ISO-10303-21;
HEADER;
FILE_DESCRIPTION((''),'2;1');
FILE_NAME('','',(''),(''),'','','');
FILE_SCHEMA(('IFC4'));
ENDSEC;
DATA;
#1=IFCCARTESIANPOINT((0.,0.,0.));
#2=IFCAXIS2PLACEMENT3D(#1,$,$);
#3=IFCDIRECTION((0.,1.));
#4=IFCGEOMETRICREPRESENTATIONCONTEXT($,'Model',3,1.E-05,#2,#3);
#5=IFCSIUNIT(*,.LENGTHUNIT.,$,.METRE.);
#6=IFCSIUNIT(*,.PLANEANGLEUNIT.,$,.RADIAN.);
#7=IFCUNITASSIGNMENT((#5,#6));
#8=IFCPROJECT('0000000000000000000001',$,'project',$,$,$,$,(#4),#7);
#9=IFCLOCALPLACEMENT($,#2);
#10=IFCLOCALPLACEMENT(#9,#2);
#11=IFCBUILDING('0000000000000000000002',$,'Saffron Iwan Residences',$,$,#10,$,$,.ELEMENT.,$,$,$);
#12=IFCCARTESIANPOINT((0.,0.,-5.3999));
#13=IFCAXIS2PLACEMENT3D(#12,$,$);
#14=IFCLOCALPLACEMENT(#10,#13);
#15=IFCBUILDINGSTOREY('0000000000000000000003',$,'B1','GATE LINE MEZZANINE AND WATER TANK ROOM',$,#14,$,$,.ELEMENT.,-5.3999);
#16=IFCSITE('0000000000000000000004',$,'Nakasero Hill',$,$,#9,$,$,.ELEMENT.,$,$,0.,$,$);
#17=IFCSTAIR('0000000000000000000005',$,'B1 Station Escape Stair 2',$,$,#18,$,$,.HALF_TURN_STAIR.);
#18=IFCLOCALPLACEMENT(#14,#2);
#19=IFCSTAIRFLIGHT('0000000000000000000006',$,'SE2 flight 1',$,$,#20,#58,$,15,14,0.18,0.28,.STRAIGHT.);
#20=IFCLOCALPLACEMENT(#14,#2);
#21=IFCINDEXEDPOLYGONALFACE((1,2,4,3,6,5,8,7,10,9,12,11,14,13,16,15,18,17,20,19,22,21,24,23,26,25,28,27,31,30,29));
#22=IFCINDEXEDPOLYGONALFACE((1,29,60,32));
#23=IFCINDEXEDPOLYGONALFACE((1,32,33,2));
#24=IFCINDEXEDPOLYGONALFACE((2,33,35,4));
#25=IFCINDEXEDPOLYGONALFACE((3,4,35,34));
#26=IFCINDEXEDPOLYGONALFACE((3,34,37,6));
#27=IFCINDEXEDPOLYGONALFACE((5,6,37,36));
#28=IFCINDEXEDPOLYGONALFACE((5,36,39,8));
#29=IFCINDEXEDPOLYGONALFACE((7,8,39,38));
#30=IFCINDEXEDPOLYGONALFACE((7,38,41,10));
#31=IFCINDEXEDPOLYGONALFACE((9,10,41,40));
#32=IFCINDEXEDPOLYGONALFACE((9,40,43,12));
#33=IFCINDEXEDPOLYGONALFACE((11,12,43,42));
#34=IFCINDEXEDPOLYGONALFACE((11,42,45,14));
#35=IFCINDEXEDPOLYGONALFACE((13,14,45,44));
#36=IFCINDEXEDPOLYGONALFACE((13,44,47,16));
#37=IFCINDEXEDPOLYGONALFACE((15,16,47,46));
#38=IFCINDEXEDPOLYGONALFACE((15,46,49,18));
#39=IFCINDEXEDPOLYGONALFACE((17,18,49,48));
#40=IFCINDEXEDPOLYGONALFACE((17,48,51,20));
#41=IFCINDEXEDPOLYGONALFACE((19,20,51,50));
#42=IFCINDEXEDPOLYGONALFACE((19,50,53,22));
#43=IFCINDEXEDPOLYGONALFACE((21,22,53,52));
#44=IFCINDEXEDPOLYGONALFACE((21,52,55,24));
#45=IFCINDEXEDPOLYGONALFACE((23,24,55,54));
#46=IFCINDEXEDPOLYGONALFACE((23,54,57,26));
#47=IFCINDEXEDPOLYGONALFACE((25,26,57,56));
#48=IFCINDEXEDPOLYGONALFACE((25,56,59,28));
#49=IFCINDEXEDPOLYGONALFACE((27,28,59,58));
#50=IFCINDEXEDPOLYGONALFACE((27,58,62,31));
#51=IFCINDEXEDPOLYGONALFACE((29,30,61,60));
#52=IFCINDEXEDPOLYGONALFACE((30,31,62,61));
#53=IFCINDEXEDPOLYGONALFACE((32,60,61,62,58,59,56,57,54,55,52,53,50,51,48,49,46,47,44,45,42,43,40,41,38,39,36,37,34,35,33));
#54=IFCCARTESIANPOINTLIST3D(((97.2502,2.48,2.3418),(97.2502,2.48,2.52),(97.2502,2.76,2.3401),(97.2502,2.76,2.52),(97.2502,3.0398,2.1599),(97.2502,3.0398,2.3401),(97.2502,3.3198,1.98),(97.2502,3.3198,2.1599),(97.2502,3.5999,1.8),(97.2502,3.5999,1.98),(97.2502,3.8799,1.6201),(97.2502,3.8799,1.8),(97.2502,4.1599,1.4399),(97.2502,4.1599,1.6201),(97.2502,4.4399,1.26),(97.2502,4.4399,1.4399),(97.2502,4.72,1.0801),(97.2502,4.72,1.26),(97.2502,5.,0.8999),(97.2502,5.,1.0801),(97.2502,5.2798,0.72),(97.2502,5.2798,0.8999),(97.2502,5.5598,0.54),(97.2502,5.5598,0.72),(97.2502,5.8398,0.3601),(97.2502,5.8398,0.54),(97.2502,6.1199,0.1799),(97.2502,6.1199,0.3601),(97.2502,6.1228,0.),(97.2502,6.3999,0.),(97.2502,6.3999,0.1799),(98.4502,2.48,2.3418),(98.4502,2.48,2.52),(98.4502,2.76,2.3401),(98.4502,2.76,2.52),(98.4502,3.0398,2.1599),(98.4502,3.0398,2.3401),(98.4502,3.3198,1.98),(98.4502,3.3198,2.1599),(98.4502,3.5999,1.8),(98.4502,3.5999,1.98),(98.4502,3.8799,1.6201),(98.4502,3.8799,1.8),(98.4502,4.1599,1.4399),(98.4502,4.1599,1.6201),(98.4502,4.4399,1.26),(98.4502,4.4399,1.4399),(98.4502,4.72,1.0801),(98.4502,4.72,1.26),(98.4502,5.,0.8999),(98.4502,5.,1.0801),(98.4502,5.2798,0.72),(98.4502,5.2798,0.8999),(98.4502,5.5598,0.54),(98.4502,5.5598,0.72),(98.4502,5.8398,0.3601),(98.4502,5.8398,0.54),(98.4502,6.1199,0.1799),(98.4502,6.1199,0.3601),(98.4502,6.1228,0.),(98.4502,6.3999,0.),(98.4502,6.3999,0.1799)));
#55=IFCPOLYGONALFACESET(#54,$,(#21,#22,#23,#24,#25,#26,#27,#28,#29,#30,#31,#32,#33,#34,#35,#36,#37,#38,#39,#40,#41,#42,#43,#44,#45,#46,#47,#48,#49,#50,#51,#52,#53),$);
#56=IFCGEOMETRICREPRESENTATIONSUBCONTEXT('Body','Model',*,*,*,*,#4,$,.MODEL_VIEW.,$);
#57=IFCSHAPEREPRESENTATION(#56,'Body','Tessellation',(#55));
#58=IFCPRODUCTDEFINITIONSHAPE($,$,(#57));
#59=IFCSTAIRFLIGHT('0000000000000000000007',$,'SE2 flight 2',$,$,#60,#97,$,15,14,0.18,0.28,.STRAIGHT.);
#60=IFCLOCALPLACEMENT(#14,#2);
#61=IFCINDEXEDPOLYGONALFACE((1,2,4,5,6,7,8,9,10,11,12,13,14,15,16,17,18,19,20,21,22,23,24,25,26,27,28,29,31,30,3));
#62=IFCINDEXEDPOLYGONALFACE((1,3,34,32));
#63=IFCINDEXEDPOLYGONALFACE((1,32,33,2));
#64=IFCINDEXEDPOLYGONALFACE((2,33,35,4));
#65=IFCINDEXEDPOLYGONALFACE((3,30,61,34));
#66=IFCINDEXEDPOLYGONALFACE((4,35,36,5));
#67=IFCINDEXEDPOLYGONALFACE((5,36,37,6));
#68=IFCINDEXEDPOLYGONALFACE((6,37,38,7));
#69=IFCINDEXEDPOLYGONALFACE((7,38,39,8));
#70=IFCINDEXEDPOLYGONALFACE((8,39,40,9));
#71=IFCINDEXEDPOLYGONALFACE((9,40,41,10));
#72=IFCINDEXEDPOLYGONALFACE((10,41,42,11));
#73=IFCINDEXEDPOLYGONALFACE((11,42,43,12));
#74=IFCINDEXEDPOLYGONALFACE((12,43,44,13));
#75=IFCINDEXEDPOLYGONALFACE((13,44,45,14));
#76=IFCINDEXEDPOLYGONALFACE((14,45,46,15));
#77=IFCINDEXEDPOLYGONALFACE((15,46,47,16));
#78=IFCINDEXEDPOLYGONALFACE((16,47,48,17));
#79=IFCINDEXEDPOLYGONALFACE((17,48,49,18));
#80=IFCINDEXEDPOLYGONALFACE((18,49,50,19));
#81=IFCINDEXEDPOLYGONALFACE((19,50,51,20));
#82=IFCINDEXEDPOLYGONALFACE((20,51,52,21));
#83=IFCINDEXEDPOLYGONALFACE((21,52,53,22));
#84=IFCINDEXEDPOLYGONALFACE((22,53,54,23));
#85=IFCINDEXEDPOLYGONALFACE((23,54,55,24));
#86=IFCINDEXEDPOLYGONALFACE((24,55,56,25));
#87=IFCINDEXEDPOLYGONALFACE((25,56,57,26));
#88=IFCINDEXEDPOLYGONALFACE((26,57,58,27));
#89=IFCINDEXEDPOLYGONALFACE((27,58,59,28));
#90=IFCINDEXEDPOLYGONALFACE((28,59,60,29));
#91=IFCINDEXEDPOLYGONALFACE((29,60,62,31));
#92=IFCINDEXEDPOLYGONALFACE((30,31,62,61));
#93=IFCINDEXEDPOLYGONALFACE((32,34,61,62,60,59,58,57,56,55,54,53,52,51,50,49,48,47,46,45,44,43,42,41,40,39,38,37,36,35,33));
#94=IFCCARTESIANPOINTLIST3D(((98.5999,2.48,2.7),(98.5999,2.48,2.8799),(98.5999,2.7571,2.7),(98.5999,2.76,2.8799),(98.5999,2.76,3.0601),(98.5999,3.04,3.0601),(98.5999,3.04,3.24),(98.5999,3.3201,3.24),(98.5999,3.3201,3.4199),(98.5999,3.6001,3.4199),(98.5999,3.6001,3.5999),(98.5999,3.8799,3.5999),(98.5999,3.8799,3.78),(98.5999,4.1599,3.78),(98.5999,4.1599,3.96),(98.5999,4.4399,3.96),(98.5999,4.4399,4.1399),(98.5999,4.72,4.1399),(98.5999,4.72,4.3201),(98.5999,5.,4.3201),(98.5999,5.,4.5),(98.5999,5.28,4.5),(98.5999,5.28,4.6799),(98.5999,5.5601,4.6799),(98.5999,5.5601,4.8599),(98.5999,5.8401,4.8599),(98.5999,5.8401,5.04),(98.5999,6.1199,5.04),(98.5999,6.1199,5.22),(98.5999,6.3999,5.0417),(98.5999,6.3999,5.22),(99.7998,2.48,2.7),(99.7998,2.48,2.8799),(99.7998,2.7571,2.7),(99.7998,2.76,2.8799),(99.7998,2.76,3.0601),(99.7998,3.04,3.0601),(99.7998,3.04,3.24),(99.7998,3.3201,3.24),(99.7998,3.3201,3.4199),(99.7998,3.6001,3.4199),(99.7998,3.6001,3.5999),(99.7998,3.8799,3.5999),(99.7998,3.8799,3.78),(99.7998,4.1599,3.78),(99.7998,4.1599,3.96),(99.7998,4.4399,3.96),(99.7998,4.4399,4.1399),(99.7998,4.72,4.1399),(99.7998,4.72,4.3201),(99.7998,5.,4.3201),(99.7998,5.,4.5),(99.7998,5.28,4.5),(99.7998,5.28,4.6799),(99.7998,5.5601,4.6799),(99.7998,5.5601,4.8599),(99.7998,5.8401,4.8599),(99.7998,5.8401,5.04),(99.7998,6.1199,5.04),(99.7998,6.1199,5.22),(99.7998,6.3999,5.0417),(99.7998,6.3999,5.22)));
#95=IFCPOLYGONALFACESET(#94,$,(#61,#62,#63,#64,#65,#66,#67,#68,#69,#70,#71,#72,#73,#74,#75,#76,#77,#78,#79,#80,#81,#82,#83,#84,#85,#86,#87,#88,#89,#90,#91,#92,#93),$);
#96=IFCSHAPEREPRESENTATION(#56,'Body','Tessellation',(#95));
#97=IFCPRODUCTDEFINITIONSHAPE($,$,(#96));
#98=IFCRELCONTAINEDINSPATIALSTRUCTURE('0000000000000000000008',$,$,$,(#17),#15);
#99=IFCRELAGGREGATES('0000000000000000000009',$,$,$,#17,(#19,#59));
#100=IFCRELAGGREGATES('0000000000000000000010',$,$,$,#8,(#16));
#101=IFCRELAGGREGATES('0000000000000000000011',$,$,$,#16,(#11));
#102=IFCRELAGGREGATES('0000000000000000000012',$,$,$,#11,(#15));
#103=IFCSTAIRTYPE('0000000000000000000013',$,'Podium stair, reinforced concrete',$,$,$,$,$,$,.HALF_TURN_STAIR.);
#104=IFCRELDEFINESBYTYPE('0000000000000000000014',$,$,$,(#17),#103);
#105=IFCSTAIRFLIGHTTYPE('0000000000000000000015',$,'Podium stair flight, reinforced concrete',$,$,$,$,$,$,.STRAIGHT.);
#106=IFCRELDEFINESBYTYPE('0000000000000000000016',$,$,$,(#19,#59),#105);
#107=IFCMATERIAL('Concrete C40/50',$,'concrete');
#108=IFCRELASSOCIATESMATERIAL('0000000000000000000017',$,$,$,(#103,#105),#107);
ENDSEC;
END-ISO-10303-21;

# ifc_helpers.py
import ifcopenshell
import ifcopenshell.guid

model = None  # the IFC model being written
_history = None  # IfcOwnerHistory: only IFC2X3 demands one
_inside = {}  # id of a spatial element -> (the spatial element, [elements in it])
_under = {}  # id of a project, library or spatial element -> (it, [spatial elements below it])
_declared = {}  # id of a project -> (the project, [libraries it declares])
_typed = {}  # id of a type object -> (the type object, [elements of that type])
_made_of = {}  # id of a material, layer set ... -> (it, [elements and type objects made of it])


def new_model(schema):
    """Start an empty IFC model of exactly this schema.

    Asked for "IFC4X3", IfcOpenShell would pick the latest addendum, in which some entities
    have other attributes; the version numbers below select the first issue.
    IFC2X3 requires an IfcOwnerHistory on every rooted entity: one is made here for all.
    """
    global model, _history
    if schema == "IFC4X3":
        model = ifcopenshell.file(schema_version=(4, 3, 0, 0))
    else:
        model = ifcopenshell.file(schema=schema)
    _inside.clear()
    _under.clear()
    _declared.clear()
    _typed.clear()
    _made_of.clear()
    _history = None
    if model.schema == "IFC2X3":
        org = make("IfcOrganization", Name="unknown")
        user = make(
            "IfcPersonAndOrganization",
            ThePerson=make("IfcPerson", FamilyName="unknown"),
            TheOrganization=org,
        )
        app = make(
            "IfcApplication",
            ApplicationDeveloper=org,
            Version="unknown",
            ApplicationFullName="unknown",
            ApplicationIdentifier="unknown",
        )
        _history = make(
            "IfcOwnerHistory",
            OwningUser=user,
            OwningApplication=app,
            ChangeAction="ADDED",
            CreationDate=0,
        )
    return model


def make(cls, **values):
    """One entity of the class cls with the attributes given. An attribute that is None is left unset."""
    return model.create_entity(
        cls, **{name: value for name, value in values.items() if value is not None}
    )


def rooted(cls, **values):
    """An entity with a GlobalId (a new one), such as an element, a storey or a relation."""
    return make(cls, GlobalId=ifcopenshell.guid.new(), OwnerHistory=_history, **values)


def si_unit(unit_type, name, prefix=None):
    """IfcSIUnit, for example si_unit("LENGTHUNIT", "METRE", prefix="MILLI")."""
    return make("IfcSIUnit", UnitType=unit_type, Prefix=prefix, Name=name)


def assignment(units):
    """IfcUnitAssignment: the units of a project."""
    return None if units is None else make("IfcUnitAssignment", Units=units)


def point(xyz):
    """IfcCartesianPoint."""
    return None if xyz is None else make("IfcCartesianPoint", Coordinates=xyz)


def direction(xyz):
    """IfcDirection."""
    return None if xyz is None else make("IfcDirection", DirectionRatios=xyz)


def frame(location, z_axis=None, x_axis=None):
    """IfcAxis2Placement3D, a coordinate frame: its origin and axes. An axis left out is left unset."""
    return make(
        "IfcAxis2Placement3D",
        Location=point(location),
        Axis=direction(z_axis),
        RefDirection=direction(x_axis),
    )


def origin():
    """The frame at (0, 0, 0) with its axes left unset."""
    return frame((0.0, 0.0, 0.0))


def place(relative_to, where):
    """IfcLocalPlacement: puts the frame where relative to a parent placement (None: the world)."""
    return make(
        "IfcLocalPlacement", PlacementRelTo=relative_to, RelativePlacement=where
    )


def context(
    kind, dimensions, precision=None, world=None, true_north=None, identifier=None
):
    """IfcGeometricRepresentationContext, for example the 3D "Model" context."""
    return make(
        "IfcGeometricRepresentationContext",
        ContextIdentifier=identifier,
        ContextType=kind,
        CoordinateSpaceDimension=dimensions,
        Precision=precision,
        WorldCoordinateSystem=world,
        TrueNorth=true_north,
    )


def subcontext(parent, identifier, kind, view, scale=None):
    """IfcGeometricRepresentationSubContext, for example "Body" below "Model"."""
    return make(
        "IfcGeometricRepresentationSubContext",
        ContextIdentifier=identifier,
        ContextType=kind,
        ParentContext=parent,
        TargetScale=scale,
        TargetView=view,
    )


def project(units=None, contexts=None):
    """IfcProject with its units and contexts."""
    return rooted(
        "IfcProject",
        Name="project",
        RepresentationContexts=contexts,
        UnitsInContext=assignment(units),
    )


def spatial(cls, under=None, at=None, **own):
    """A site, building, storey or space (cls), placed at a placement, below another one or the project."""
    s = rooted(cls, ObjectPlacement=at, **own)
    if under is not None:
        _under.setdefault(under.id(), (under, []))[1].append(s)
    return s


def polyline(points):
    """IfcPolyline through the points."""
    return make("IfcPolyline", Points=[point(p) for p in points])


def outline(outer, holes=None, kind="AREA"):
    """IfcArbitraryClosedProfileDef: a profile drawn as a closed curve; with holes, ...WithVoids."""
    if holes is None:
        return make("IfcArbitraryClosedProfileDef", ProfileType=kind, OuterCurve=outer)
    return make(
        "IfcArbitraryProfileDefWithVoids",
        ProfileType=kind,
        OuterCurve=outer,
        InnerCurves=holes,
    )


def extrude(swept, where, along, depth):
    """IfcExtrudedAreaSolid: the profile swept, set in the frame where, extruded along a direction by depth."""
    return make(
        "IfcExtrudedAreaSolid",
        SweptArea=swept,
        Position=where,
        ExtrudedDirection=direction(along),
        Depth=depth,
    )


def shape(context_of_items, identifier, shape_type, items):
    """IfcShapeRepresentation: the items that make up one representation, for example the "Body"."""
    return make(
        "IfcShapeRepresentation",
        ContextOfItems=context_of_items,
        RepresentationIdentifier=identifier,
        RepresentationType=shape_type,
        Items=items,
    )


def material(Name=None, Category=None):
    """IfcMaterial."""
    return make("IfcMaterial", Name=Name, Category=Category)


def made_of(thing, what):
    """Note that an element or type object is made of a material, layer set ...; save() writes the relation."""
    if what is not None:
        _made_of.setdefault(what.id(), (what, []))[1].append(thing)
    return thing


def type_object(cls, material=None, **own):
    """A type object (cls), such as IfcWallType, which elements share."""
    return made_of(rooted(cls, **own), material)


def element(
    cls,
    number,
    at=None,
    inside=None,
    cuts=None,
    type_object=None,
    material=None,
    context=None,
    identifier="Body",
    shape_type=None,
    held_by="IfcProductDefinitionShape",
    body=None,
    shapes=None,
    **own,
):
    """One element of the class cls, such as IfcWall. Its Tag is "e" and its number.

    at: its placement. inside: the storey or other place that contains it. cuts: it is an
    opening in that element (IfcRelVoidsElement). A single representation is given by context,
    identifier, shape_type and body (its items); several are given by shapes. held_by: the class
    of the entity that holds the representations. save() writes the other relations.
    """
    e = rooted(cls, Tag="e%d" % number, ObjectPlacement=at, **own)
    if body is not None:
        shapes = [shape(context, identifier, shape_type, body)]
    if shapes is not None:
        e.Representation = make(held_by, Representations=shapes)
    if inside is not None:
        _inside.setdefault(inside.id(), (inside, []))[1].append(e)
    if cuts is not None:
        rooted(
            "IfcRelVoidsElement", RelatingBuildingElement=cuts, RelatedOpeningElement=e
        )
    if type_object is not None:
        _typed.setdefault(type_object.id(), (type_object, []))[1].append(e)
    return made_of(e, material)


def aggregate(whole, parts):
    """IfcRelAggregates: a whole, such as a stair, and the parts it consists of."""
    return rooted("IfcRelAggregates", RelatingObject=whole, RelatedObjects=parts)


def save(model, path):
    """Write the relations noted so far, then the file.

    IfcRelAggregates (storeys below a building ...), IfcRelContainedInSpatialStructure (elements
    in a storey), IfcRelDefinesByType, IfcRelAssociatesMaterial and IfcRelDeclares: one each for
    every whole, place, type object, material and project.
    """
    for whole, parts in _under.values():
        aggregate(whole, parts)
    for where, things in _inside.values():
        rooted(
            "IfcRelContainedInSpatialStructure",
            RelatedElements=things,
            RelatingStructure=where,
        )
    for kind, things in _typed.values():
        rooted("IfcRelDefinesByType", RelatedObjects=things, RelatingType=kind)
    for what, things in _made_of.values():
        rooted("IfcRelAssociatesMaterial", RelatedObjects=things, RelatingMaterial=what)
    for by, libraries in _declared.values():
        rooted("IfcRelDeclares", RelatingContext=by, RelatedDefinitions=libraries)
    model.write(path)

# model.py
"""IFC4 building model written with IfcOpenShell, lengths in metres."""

from ifc_helpers import new_model, si_unit, direction, frame, origin, place, context, subcontext, project, spatial, polyline, outline, extrude, material, type_object, element, aggregate, save


model = new_model("IFC4")

# Units and contexts
model_context = context("Model", 3, precision=1e-05, world=origin(), true_north=direction((0.0, 1.0)))
body_context = subcontext(model_context, "Body", "Model", "MODEL_VIEW")
ifc_project = project(units=[si_unit("LENGTHUNIT", "METRE"), si_unit("PLANEANGLEUNIT", "RADIAN")], contexts=[model_context])

# Site, building, storey
site_placement = place(None, origin())
site = spatial("IfcSite", under=ifc_project, at=site_placement, Name="Nakasero Hill", CompositionType="ELEMENT", RefElevation=0.0)
building_placement = place(site_placement, origin())
building = spatial("IfcBuilding", under=site, at=building_placement, Name="Saffron Iwan Residences", CompositionType="ELEMENT")
storey_placement = place(building_placement, frame((0.0, 0.0, -5.3999)))
storey = spatial("IfcBuildingStorey", under=building, at=storey_placement, Name="B1", Description="GATE LINE MEZZANINE AND WATER TANK ROOM", CompositionType="ELEMENT", Elevation=-5.3999)

# Shared definitions
ifc_material_1 = material(Name="Concrete C40/50", Category="concrete")

# Stair, stair flights
stair_type = type_object("IfcStairType", Name="Podium stair, reinforced concrete", PredefinedType="HALF_TURN_STAIR", material=ifc_material_1)
stair_placement = place(storey_placement, origin())
stair = element("IfcStair", 1, at=stair_placement, inside=storey, type_object=stair_type, Name="B1 Station Escape Stair 2", PredefinedType="HALF_TURN_STAIR")
stair_flight_type = type_object("IfcStairFlightType", Name="Podium stair flight, reinforced concrete", PredefinedType="STRAIGHT", material=ifc_material_1)
stair_flight_1_placement = place(storey_placement, frame((97.8501, 6.3999, 0.0), z_axis=(0.0, 0.0, 1.0), x_axis=(0.0, -1.0, 0.0)))
stair_flight_1 = element("IfcStairFlight", 2, at=stair_flight_1_placement, type_object=stair_flight_type, Name="SE2 flight 1", NumberOfRisers=15, NumberOfTreads=14, PredefinedType="STRAIGHT", RiserHeight=0.18, TreadLength=0.28, context=body_context, shape_type="SweptSolid", body=[
    extrude(outline(polyline([(0.0, 0.0), (0.0, 0.1799), (0.28, 0.1799), (0.28, 0.3601), (0.5601, 0.3601), (0.5601, 0.54), (0.8401, 0.54), (0.8401, 0.72), (1.1201, 0.72), (1.1201, 0.8999), (1.3999, 0.8999), (1.3999, 1.0801), (1.6799, 1.0801), (1.6799, 1.26), (1.96, 1.26), (1.96, 1.4399), (2.24, 1.4399), (2.24, 1.6201), (2.52, 1.6201), (2.52, 1.8), (2.8, 1.8), (2.8, 1.98), (3.0801, 1.98), (3.0801, 2.1599), (3.3601, 2.1599), (3.3601, 2.3401), (3.6399, 2.3401), (3.6399, 2.52), (3.9199, 2.52), (3.9199, 2.7), (3.9199, 2.3418), (0.2771, 0.0), (0.0, 0.0)])), frame((0.0, 0.6001, 0.0), z_axis=(0.0, -1.0, 0.0), x_axis=(1.0, 0.0, 0.0)), (0.0, 0.0, 1.0), 1.2),
])
stair_flight_2_placement = place(storey_placement, frame((99.2, 2.48, 2.7), z_axis=(0.0, 0.0, 1.0), x_axis=(0.0, 1.0, 0.0)))
stair_flight_2 = element("IfcStairFlight", 3, at=stair_flight_2_placement, type_object=stair_flight_type, Name="SE2 flight 2", NumberOfRisers=15, NumberOfTreads=14, PredefinedType="STRAIGHT", RiserHeight=0.18, TreadLength=0.28, context=body_context, shape_type="SweptSolid", body=[
    extrude(outline(polyline([(0.0, 0.0), (0.0, 0.1799), (0.28, 0.1799), (0.28, 0.3601), (0.5601, 0.3601), (0.5601, 0.54), (0.8401, 0.54), (0.8401, 0.72), (1.1201, 0.72), (1.1201, 0.8999), (1.3999, 0.8999), (1.3999, 1.0801), (1.6799, 1.0801), (1.6799, 1.26), (1.96, 1.26), (1.96, 1.4399), (2.24, 1.4399), (2.24, 1.6201), (2.52, 1.6201), (2.52, 1.8), (2.8, 1.8), (2.8, 1.98), (3.0801, 1.98), (3.0801, 2.1599), (3.3601, 2.1599), (3.3601, 2.3401), (3.6399, 2.3401), (3.6399, 2.52), (3.9199, 2.52), (3.9199, 2.7), (3.9199, 2.3418), (0.2771, 0.0), (0.0, 0.0)])), frame((0.0, 0.6001, 0.0), z_axis=(0.0, -1.0, 0.0), x_axis=(1.0, 0.0, 0.0)), (0.0, 0.0, 1.0), 1.2),
])
aggregate(stair, [stair_flight_1, stair_flight_2])

save(model, "model.ifc")
